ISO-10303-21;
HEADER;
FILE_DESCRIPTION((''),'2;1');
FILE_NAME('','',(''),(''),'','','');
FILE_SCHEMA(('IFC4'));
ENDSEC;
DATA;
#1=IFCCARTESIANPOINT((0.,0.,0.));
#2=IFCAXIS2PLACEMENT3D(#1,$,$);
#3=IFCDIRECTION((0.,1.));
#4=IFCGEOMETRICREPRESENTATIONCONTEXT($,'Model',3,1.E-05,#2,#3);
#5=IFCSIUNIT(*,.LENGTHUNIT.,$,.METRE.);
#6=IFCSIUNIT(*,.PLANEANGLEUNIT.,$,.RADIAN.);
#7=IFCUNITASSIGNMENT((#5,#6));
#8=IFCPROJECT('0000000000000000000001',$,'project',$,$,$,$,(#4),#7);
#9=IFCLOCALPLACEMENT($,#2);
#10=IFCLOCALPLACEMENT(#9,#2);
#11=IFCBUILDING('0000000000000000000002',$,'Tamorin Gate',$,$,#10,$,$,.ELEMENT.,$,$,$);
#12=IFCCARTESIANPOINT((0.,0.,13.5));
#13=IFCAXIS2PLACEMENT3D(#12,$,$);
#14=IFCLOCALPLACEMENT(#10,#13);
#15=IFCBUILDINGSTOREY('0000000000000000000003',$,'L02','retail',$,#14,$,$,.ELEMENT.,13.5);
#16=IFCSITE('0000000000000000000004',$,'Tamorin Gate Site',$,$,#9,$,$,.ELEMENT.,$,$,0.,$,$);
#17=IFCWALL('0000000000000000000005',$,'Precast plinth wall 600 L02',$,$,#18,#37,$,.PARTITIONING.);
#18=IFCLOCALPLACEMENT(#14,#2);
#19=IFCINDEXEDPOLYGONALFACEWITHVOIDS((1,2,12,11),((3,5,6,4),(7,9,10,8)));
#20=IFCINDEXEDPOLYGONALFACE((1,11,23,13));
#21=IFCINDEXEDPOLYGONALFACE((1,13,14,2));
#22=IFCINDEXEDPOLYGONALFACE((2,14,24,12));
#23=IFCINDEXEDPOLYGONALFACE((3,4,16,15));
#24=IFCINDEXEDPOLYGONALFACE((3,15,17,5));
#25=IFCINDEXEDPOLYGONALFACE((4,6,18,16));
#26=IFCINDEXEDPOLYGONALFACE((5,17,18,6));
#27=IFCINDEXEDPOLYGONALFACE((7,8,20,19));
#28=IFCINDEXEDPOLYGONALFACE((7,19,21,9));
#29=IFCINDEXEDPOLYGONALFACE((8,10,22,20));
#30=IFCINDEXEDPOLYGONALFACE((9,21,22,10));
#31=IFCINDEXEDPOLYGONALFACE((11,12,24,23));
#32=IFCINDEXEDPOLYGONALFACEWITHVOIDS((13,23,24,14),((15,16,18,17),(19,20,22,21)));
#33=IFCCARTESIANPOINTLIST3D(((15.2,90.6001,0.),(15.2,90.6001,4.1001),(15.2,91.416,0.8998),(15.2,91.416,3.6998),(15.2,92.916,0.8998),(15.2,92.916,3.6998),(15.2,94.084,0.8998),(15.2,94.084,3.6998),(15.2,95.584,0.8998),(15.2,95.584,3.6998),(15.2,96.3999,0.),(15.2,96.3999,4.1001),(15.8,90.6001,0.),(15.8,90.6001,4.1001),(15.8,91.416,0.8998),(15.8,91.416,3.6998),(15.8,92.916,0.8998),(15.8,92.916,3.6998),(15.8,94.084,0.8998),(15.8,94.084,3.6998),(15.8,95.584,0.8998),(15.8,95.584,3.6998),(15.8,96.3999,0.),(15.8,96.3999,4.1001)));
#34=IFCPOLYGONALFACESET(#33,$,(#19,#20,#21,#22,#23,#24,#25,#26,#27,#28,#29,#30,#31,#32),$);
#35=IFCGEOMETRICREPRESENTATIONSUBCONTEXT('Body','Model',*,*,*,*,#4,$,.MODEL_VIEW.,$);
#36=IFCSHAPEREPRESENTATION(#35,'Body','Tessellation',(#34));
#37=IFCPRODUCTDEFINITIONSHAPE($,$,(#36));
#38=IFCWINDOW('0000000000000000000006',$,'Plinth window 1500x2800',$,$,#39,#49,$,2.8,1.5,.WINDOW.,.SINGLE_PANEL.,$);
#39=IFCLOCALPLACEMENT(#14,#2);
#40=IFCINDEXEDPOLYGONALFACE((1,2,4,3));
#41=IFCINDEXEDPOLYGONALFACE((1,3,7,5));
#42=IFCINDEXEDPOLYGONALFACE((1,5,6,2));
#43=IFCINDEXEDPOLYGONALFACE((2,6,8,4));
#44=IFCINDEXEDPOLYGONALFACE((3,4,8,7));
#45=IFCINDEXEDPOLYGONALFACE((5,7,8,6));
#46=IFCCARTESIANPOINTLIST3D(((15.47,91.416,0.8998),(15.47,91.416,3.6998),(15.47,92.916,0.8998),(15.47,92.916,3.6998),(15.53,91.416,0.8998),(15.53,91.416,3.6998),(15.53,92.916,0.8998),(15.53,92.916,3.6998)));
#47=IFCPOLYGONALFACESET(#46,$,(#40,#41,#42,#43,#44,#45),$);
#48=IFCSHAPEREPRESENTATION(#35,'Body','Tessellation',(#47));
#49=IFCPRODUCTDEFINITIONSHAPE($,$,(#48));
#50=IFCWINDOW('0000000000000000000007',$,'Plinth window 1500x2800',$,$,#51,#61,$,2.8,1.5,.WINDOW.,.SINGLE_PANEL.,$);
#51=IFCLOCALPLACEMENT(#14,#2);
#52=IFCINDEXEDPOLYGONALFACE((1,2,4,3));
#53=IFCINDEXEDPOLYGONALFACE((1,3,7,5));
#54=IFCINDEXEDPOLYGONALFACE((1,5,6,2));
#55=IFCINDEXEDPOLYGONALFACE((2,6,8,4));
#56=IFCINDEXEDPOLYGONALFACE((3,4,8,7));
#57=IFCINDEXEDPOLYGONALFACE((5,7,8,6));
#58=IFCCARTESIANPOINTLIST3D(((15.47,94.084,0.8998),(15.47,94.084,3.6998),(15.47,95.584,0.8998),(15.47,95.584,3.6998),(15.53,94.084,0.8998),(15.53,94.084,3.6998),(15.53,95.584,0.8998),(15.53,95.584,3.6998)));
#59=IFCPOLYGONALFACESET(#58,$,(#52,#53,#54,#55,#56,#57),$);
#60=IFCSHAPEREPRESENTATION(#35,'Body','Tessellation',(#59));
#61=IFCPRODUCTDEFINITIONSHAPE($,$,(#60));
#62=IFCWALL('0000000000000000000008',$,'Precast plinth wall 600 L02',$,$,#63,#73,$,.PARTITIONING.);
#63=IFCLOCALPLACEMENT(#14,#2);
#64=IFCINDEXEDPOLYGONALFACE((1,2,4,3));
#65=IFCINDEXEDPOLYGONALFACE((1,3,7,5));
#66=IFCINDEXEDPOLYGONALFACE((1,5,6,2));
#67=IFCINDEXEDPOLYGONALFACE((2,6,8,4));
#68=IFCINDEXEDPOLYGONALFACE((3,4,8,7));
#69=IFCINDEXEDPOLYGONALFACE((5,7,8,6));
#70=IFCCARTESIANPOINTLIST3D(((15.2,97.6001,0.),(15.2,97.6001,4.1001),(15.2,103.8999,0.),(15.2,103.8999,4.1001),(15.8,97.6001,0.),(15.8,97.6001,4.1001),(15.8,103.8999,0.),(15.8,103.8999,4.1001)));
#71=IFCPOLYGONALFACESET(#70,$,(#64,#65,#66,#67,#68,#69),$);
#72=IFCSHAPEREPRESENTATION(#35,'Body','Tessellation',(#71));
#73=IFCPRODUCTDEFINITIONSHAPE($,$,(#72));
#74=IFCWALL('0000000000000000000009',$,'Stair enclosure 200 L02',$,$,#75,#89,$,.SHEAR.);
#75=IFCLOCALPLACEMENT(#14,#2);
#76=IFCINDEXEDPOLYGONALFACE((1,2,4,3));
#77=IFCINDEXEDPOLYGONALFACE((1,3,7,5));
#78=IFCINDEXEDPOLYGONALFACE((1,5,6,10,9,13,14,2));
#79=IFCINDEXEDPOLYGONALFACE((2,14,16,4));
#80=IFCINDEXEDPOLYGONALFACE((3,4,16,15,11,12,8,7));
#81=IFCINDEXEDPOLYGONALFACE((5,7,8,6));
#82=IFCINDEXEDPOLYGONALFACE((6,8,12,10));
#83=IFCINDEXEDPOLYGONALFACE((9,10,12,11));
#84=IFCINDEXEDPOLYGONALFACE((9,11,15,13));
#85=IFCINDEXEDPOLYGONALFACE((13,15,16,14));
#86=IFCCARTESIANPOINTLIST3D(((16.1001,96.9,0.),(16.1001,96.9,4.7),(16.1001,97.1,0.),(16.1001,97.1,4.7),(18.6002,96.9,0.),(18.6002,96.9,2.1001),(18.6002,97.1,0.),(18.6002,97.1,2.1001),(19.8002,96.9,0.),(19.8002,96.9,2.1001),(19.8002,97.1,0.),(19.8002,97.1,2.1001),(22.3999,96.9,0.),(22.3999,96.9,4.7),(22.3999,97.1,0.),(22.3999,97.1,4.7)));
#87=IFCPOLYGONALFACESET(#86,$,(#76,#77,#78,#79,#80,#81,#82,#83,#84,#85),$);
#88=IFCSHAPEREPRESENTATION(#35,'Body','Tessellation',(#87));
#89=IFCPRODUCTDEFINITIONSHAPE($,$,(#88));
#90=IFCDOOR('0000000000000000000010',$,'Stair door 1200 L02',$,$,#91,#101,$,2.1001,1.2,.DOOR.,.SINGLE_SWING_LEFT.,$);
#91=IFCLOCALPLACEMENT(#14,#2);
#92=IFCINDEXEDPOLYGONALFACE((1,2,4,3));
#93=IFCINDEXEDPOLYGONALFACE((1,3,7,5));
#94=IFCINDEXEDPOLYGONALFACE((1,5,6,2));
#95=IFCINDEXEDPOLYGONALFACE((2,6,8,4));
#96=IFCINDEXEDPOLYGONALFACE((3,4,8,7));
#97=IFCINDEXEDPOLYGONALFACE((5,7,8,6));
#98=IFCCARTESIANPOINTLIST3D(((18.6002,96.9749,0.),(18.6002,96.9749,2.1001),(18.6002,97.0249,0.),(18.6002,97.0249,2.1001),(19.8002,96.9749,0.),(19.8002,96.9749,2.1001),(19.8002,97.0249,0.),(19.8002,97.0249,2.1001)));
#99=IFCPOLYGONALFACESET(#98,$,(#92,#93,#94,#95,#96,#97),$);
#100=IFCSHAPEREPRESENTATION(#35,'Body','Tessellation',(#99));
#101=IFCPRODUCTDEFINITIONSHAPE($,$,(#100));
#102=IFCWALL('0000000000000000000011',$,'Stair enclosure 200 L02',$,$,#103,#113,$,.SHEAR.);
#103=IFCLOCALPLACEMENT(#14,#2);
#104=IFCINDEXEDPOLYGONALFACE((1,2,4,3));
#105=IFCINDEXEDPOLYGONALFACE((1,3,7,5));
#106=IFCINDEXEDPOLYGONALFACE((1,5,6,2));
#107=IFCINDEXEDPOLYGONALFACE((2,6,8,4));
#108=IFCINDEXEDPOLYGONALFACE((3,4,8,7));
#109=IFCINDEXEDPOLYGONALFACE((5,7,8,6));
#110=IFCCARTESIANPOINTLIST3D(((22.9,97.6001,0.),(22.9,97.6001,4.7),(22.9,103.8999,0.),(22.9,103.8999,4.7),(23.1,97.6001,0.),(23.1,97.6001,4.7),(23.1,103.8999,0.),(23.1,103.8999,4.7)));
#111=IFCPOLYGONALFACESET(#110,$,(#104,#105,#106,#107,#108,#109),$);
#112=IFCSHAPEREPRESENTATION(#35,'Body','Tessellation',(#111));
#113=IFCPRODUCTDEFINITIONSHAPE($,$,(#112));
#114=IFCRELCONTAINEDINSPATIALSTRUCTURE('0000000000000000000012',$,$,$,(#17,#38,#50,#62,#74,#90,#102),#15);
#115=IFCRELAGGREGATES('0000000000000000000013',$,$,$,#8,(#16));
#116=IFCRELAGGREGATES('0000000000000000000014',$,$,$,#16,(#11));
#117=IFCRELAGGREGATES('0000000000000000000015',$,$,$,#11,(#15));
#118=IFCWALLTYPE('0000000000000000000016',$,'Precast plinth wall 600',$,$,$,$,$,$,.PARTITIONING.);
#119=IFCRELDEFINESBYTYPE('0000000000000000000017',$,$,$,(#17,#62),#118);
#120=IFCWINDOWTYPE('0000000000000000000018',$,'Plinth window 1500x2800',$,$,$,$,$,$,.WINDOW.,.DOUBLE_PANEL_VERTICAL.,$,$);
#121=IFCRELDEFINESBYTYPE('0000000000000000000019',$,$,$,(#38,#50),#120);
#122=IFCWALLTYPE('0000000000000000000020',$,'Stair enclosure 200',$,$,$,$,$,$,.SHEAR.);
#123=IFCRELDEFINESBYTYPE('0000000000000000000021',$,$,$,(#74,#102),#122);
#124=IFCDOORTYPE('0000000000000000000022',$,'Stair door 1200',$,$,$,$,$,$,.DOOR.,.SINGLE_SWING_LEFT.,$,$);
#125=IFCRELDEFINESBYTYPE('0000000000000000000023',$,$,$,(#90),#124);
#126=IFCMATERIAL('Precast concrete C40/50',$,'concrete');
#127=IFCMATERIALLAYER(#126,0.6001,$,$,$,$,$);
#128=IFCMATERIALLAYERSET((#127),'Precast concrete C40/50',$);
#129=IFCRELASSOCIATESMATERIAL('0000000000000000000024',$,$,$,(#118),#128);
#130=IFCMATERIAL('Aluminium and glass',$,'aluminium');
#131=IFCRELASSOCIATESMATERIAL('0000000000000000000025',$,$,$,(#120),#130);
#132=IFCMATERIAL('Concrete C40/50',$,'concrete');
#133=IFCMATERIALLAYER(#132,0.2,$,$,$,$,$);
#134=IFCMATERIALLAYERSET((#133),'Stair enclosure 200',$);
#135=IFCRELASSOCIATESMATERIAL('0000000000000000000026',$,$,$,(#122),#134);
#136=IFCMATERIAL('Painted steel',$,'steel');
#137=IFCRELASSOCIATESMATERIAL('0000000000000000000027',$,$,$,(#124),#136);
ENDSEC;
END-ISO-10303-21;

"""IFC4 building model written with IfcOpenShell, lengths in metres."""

from ifc_helpers import new_model, si_unit, direction, frame, frame_2d, origin, place, context, subcontext, project, spatial, rectangle, extrude, material, layer, layer_set, type_object, element, fill, save


model = new_model("IFC4")

# Units and contexts
model_context = context("Model", 3, precision=1e-05, world=origin(), true_north=direction((0.0, 1.0)))
body_context = subcontext(model_context, "Body", "Model", "MODEL_VIEW")
ifc_project = project(units=[si_unit("LENGTHUNIT", "METRE"), si_unit("PLANEANGLEUNIT", "RADIAN")], contexts=[model_context])

# Site, building, storey
site_placement = place(None, origin())
site = spatial("IfcSite", under=ifc_project, at=site_placement, Name="Tamorin Gate Site", CompositionType="ELEMENT", RefElevation=0.0)
building_placement = place(site_placement, origin())
building = spatial("IfcBuilding", under=site, at=building_placement, Name="Tamorin Gate", CompositionType="ELEMENT")
storey_placement = place(building_placement, frame((0.0, 0.0, 13.5)))
storey = spatial("IfcBuildingStorey", under=building, at=storey_placement, Name="L02", Description="retail", CompositionType="ELEMENT", Elevation=13.5)

# Shared definitions
ifc_material_1 = material(Name="Painted steel", Category="steel")

# Wall, openings, windows
ifc_material_2 = material(Name="Precast concrete C40/50", Category="concrete")
ifc_layer_1 = layer(ifc_material_2, 0.6001)
ifc_layer_set_1 = layer_set([ifc_layer_1], Name="Precast concrete C40/50")
wall_type_1 = type_object("IfcWallType", Name="Precast plinth wall 600", PredefinedType="PARTITIONING", material=ifc_layer_set_1)
wall_1_placement = place(storey_placement, frame((15.5, 90.6001, 0.0), z_axis=(0.0, 0.0, 1.0), x_axis=(0.0, 1.0, 0.0)))
wall_1 = element("IfcWall", 1, at=wall_1_placement, inside=storey, type_object=wall_type_1, Name="Precast plinth wall 600 L02", PredefinedType="PARTITIONING", context=body_context, shape_type="SweptSolid", body=[
    extrude(rectangle(XDim=5.7998, YDim=0.6001, at=frame_2d((2.8999, 0.0))), origin(), (0.0, 0.0, 1.0), 4.1001),
])
opening_1_placement = place(wall_1_placement, frame((0.8159, 0.0, 0.8999)))
opening_1 = element("IfcOpeningElement", 2, at=opening_1_placement, cuts=wall_1, PredefinedType="OPENING", context=body_context, shape_type="SweptSolid", body=[
    extrude(rectangle(XDim=1.5, YDim=2.8, at=frame_2d((0.75, 1.3999))), frame((0.0, 0.3101, 0.0), z_axis=(0.0, -1.0, 0.0), x_axis=(1.0, 0.0, 0.0)), (0.0, 0.0, 1.0), 0.6201),
])
opening_2_placement = place(wall_1_placement, frame((3.4839, 0.0, 0.8999)))
opening_2 = element("IfcOpeningElement", 3, at=opening_2_placement, cuts=wall_1, PredefinedType="OPENING", context=body_context, shape_type="SweptSolid", body=[
    extrude(rectangle(XDim=1.5, YDim=2.8, at=frame_2d((0.75, 1.3999))), frame((0.0, 0.3101, 0.0), z_axis=(0.0, -1.0, 0.0), x_axis=(1.0, 0.0, 0.0)), (0.0, 0.0, 1.0), 0.6201),
])
ifc_material_3 = material(Name="Aluminium and glass", Category="aluminium")
window_type = type_object("IfcWindowType", Name="Plinth window 1500x2800", PartitioningType="DOUBLE_PANEL_VERTICAL", PredefinedType="WINDOW", material=ifc_material_3)
window_1_placement = place(opening_1_placement, origin())
window_1 = element("IfcWindow", 4, at=window_1_placement, inside=storey, type_object=window_type, Name="Plinth window 1500x2800", OverallHeight=2.8, OverallWidth=1.5, PartitioningType="SINGLE_PANEL", PredefinedType="WINDOW", context=body_context, shape_type="SweptSolid", body=[
    extrude(rectangle(XDim=1.5, YDim=2.8, at=frame_2d((0.75, 1.3999))), frame((0.0, 0.03, 0.0), z_axis=(0.0, -1.0, 0.0), x_axis=(1.0, 0.0, 0.0)), (0.0, 0.0, 1.0), 0.0601),
])
fill(opening_1, window_1)
window_2_placement = place(opening_2_placement, origin())
window_2 = element("IfcWindow", 5, at=window_2_placement, inside=storey, type_object=window_type, Name="Plinth window 1500x2800", OverallHeight=2.8, OverallWidth=1.5, PartitioningType="SINGLE_PANEL", PredefinedType="WINDOW", context=body_context, shape_type="SweptSolid", body=[
    extrude(rectangle(XDim=1.5, YDim=2.8, at=frame_2d((0.75, 1.3999))), frame((0.0, 0.03, 0.0), z_axis=(0.0, -1.0, 0.0), x_axis=(1.0, 0.0, 0.0)), (0.0, 0.0, 1.0), 0.0601),
])
fill(opening_2, window_2)

# Wall
wall_2_placement = place(storey_placement, frame((15.5, 97.6001, 0.0), z_axis=(0.0, 0.0, 1.0), x_axis=(0.0, 1.0, 0.0)))
element("IfcWall", 6, at=wall_2_placement, inside=storey, type_object=wall_type_1, Name="Precast plinth wall 600 L02", PredefinedType="PARTITIONING", context=body_context, shape_type="SweptSolid", body=[
    extrude(rectangle(XDim=6.2998, YDim=0.6001, at=frame_2d((3.1499, 0.0))), origin(), (0.0, 0.0, 1.0), 4.1001),
])

# Wall, opening, door
ifc_material_4 = material(Name="Concrete C40/50", Category="concrete")
ifc_layer_2 = layer(ifc_material_4, 0.2)
ifc_layer_set_2 = layer_set([ifc_layer_2], Name="Stair enclosure 200")
wall_type_2 = type_object("IfcWallType", Name="Stair enclosure 200", PredefinedType="SHEAR", material=ifc_layer_set_2)
wall_3_placement = place(storey_placement, frame((16.1001, 97.0, 0.0), z_axis=(0.0, 0.0, 1.0), x_axis=(1.0, 0.0, 0.0)))
wall_3 = element("IfcWall", 7, at=wall_3_placement, inside=storey, type_object=wall_type_2, Name="Stair enclosure 200 L02", PredefinedType="SHEAR", context=body_context, shape_type="SweptSolid", body=[
    extrude(rectangle(XDim=6.2998, YDim=0.2, at=frame_2d((3.1499, 0.0))), origin(), (0.0, 0.0, 1.0), 4.7),
])
opening_3_placement = place(wall_3_placement, frame((2.5, 0.0, 0.0)))
opening_3 = element("IfcOpeningElement", 8, at=opening_3_placement, cuts=wall_3, PredefinedType="OPENING", context=body_context, shape_type="SweptSolid", body=[
    extrude(rectangle(XDim=1.2, YDim=2.1001, at=frame_2d((0.6001, 1.05))), frame((0.0, 0.1099, 0.0), z_axis=(0.0, -1.0, 0.0), x_axis=(1.0, 0.0, 0.0)), (0.0, 0.0, 1.0), 0.22),
])
door_type_1 = type_object("IfcDoorType", Name="Stair door 1200", OperationType="SINGLE_SWING_LEFT", PredefinedType="DOOR", material=ifc_material_1)
door_1_placement = place(opening_3_placement, origin())
door_1 = element("IfcDoor", 9, at=door_1_placement, inside=storey, type_object=door_type_1, Name="Stair door 1200 L02", OperationType="SINGLE_SWING_LEFT", OverallHeight=2.1001, OverallWidth=1.2, PredefinedType="DOOR", context=body_context, shape_type="SweptSolid", body=[
    extrude(rectangle(XDim=1.2, YDim=2.1001, at=frame_2d((0.6001, 1.05))), frame((0.0, 0.0249, 0.0), z_axis=(0.0, -1.0, 0.0), x_axis=(1.0, 0.0, 0.0)), (0.0, 0.0, 1.0), 0.05),
])
fill(opening_3, door_1)

# Wall
wall_4_placement = place(storey_placement, frame((23.0, 97.6001, 0.0), z_axis=(0.0, 0.0, 1.0), x_axis=(0.0, 1.0, 0.0)))
element("IfcWall", 10, at=wall_4_placement, inside=storey, type_object=wall_type_2, Name="Stair enclosure 200 L02", PredefinedType="SHEAR", context=body_context, shape_type="SweptSolid", body=[
    extrude(rectangle(XDim=6.2998, YDim=0.2, at=frame_2d((3.1499, 0.0))), origin(), (0.0, 0.0, 1.0), 4.7),
])

save(model, "model.ifc")
